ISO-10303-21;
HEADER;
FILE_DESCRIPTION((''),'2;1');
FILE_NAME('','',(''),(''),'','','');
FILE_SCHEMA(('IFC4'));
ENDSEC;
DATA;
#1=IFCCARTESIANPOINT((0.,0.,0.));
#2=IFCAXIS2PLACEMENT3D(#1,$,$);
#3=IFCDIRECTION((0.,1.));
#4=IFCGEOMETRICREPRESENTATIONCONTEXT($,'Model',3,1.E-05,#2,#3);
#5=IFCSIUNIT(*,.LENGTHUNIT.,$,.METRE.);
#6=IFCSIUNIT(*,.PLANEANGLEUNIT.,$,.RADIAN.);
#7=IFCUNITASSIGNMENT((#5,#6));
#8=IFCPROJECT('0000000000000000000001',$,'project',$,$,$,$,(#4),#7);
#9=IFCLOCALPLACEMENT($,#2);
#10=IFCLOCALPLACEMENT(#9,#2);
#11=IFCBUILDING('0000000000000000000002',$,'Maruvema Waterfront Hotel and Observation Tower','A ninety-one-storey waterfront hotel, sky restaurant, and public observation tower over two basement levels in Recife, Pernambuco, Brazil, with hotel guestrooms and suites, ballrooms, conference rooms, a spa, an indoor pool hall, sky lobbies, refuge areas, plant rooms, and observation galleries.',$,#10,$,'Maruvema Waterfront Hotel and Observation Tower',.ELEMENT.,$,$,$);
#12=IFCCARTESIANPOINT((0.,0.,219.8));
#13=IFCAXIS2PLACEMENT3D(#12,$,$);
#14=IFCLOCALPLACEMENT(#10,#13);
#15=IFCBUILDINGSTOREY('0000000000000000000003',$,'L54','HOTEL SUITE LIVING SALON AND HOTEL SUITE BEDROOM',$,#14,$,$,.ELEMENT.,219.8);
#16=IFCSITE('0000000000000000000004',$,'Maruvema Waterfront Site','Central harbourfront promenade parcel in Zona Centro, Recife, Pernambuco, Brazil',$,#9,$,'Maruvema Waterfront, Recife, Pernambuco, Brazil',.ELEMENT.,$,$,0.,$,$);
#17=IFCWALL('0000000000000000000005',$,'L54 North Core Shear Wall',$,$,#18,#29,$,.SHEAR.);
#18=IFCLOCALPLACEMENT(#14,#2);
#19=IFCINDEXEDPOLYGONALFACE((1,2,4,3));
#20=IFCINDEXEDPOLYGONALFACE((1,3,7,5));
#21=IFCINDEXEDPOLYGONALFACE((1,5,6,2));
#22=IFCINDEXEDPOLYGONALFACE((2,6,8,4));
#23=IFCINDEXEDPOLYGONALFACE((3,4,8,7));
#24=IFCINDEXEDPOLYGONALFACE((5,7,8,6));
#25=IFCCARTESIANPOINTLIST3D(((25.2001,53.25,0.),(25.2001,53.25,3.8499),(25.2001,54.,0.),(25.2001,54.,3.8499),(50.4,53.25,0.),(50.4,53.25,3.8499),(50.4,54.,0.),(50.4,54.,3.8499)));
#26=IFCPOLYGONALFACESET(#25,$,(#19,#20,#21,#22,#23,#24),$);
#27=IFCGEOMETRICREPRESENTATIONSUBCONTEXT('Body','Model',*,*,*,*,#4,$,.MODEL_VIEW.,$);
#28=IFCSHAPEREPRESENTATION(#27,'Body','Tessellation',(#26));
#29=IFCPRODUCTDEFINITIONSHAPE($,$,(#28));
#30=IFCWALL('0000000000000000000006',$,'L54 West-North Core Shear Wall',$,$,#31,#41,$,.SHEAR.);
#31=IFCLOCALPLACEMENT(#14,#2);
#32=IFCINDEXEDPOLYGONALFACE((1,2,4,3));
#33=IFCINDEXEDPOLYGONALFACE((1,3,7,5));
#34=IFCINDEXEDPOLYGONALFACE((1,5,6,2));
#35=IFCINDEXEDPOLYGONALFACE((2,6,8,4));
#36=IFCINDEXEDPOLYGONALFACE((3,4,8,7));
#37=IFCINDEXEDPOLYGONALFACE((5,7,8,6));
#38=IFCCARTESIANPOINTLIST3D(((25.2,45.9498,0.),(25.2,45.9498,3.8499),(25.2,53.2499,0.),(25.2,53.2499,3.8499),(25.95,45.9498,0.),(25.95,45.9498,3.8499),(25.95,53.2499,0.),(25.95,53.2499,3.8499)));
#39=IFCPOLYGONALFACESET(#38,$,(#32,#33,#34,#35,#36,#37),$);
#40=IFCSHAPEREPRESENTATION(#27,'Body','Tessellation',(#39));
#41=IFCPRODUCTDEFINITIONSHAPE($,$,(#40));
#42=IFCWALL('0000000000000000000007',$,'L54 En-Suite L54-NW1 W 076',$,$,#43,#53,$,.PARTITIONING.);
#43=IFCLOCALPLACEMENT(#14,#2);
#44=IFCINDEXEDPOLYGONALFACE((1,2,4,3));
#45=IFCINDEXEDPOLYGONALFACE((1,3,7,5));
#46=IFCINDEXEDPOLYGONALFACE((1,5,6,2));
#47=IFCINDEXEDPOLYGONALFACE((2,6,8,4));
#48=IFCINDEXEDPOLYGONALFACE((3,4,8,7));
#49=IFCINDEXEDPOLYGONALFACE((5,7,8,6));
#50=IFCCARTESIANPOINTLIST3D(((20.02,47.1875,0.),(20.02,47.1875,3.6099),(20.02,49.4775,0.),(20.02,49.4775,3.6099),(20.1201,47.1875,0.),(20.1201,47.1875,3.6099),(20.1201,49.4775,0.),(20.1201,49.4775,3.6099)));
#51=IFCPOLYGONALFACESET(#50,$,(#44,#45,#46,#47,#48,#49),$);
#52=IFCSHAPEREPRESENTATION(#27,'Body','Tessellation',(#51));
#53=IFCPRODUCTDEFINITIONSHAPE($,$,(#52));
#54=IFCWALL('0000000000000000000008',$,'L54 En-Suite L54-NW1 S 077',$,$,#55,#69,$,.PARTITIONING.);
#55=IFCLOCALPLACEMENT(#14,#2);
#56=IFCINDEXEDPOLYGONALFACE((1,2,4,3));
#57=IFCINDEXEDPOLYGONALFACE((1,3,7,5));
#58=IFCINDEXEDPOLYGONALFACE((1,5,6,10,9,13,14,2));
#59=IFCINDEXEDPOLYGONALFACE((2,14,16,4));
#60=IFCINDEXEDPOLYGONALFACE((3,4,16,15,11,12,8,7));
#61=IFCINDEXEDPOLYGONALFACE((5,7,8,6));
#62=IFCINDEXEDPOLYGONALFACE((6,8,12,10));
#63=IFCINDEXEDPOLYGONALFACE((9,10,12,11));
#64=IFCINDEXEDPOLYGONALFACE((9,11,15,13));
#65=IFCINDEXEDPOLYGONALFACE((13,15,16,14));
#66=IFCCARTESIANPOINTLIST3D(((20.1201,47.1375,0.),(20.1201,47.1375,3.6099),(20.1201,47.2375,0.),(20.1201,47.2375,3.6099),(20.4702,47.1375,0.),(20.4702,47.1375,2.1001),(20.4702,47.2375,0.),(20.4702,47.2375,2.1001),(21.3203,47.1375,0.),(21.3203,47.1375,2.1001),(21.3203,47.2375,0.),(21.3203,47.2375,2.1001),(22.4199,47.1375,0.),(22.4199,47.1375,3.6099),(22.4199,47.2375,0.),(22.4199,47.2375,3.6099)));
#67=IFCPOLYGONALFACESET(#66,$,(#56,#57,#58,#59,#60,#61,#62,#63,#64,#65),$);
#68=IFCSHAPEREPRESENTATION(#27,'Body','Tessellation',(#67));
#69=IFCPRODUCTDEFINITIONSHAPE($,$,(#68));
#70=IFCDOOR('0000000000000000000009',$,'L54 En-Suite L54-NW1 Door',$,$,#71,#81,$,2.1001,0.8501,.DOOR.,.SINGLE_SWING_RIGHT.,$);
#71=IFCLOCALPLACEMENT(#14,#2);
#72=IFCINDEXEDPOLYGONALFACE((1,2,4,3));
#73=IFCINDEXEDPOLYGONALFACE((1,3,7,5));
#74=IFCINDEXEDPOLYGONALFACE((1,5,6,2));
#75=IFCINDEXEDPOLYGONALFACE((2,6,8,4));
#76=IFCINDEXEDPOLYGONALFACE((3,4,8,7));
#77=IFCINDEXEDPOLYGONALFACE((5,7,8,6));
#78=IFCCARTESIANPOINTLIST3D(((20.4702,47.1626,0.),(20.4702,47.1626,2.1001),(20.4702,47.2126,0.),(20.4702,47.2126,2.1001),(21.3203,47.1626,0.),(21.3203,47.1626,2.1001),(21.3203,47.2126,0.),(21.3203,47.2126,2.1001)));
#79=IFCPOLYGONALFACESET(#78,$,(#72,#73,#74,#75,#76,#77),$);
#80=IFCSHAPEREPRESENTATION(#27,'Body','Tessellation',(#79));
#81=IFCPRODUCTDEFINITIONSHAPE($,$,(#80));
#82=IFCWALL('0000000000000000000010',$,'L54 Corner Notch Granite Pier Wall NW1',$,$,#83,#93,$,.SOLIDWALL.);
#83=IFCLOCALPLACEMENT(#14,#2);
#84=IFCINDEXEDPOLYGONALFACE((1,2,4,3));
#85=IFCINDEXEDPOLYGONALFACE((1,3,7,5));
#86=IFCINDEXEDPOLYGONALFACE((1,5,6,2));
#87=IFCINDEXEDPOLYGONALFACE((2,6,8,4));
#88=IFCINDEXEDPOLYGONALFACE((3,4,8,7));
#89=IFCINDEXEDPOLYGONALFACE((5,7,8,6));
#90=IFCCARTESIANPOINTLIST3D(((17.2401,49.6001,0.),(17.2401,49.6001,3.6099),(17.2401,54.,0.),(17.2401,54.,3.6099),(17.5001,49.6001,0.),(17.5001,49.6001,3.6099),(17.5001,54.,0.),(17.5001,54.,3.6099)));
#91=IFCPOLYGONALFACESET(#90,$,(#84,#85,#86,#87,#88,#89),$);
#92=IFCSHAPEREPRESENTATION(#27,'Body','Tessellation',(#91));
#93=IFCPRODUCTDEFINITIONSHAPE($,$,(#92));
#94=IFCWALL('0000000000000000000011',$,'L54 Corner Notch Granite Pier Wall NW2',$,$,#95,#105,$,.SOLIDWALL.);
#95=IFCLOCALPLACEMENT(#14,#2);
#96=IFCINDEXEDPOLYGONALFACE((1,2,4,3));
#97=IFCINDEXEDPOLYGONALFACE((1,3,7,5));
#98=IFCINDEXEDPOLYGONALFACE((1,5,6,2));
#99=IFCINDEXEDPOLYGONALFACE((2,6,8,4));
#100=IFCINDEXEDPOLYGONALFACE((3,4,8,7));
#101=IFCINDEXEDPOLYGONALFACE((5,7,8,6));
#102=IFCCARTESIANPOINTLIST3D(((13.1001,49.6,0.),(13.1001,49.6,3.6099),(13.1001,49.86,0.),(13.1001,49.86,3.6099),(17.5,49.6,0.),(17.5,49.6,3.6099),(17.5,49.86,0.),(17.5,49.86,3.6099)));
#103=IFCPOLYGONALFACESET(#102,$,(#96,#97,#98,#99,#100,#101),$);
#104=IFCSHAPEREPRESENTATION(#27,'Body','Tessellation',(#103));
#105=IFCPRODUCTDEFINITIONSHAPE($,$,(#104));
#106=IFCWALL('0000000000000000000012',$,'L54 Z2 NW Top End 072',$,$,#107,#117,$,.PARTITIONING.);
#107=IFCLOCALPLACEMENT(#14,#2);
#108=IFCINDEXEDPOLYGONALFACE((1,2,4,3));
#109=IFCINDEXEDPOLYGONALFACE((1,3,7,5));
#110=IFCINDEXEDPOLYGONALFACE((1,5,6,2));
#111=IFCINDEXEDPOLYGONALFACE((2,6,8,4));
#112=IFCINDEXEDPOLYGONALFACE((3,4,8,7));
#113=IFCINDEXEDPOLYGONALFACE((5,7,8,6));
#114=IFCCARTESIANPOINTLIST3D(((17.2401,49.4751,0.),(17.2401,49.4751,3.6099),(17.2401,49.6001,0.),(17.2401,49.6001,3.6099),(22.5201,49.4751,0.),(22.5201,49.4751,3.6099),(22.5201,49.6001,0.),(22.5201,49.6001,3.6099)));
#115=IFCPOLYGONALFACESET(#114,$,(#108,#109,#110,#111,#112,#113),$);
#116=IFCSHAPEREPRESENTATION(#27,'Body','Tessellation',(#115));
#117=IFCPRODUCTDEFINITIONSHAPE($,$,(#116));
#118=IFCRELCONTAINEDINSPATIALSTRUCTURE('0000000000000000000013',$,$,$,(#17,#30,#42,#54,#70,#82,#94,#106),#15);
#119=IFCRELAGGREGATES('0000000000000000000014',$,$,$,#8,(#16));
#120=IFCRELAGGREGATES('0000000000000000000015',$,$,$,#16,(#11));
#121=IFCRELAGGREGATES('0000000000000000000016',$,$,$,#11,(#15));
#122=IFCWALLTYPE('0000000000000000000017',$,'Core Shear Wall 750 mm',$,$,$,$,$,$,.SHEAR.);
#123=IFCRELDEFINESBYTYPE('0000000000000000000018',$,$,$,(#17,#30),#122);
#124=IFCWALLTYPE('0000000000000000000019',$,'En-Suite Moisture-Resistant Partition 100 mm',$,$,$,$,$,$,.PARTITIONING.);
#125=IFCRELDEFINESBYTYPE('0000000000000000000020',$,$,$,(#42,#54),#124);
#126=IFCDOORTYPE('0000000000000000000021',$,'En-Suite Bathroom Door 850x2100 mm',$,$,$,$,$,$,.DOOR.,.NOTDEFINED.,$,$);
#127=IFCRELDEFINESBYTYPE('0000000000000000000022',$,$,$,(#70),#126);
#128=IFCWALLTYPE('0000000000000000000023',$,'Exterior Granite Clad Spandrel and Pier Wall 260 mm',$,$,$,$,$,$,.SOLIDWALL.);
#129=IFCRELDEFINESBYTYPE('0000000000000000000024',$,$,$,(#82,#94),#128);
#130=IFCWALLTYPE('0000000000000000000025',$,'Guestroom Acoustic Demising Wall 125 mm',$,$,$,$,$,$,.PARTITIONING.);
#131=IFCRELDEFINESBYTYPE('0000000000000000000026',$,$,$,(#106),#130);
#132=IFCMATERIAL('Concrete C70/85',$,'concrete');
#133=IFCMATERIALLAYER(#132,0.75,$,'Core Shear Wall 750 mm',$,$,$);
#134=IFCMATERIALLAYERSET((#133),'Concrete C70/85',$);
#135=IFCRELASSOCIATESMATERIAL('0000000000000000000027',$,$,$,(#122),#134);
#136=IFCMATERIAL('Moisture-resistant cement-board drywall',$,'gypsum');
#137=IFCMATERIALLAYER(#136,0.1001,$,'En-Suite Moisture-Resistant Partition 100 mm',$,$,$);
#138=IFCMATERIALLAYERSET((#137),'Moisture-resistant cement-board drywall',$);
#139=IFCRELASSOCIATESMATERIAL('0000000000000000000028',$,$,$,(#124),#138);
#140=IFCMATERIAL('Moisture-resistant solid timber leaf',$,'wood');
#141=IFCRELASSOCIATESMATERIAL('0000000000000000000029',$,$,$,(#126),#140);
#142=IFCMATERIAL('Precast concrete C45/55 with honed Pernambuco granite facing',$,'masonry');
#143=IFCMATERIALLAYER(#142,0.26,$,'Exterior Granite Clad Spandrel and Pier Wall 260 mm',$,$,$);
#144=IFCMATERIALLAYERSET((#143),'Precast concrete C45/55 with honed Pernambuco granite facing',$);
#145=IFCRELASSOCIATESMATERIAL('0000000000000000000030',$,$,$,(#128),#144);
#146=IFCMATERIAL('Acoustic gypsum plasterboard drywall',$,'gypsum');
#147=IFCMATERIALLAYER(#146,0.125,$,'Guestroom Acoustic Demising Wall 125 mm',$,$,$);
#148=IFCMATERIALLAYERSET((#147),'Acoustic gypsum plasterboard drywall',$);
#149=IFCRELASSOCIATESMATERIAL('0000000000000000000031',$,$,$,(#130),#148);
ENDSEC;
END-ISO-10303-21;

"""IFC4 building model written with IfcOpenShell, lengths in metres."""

from ifc_helpers import new_model, si_unit, direction, frame, frame_2d, origin, place, context, subcontext, project, spatial, rectangle, extrude, material, layer, layer_set, type_object, element, fill, save


model = new_model("IFC4")

# Units and contexts
model_context = context("Model", 3, precision=1e-05, world=origin(), true_north=direction((0.0, 1.0)))
body_context = subcontext(model_context, "Body", "Model", "MODEL_VIEW")
ifc_project = project(units=[si_unit("LENGTHUNIT", "METRE"), si_unit("PLANEANGLEUNIT", "RADIAN")], contexts=[model_context])

# Site, building, storey
site_placement = place(None, origin())
site = spatial("IfcSite", under=ifc_project, at=site_placement, Name="Maruvema Waterfront Site", Description="Central harbourfront promenade parcel in Zona Centro, Recife, Pernambuco, Brazil", LongName="Maruvema Waterfront, Recife, Pernambuco, Brazil", CompositionType="ELEMENT", RefElevation=0.0)
building_placement = place(site_placement, origin())
building = spatial("IfcBuilding", under=site, at=building_placement, Name="Maruvema Waterfront Hotel and Observation Tower", Description="A ninety-one-storey waterfront hotel, sky restaurant, and public observation tower over two basement levels in Recife, Pernambuco, Brazil, with hotel guestrooms and suites, ballrooms, conference rooms, a spa, an indoor pool hall, sky lobbies, refuge areas, plant rooms, and observation galleries.", LongName="Maruvema Waterfront Hotel and Observation Tower", CompositionType="ELEMENT")
storey_placement = place(building_placement, frame((0.0, 0.0, 219.8)))
storey = spatial("IfcBuildingStorey", under=building, at=storey_placement, Name="L54", Description="HOTEL SUITE LIVING SALON AND HOTEL SUITE BEDROOM", CompositionType="ELEMENT", Elevation=219.8)

# Walls
ifc_material_1 = material(Name="Concrete C70/85", Category="concrete")
ifc_layer_1 = layer(ifc_material_1, 0.75, Name="Core Shear Wall 750 mm")
ifc_layer_set_1 = layer_set([ifc_layer_1], Name="Concrete C70/85")
wall_type_1 = type_object("IfcWallType", Name="Core Shear Wall 750 mm", PredefinedType="SHEAR", material=ifc_layer_set_1)
wall_1_placement = place(storey_placement, frame((25.2, 53.625, 0.0), z_axis=(0.0, 0.0, 1.0), x_axis=(1.0, 0.0, 0.0)))
element("IfcWall", 1, at=wall_1_placement, inside=storey, type_object=wall_type_1, Name="L54 North Core Shear Wall", PredefinedType="SHEAR", context=body_context, shape_type="SweptSolid", body=[
    extrude(rectangle(XDim=25.2, YDim=0.75, at=frame_2d((12.6001, 0.0))), origin(), (0.0, 0.0, 1.0), 3.8499),
])
wall_2_placement = place(storey_placement, frame((25.575, 45.95, 0.0), z_axis=(0.0, 0.0, 1.0), x_axis=(0.0, 1.0, 0.0)))
element("IfcWall", 2, at=wall_2_placement, inside=storey, type_object=wall_type_1, Name="L54 West-North Core Shear Wall", PredefinedType="SHEAR", context=body_context, shape_type="SweptSolid", body=[
    extrude(rectangle(XDim=7.3, YDim=0.75, at=frame_2d((3.6499, 0.0))), origin(), (0.0, 0.0, 1.0), 3.8499),
])
ifc_material_2 = material(Name="Moisture-resistant cement-board drywall", Category="gypsum")
ifc_layer_2 = layer(ifc_material_2, 0.1001, Name="En-Suite Moisture-Resistant Partition 100 mm")
ifc_layer_set_2 = layer_set([ifc_layer_2], Name="Moisture-resistant cement-board drywall")
wall_type_2 = type_object("IfcWallType", Name="En-Suite Moisture-Resistant Partition 100 mm", PredefinedType="PARTITIONING", material=ifc_layer_set_2)
wall_3_placement = place(storey_placement, frame((20.0701, 47.1875, 0.0), z_axis=(0.0, 0.0, 1.0), x_axis=(0.0, 1.0, 0.0)))
element("IfcWall", 3, at=wall_3_placement, inside=storey, type_object=wall_type_2, Name="L54 En-Suite L54-NW1 W 076", PredefinedType="PARTITIONING", context=body_context, shape_type="SweptSolid", body=[
    extrude(rectangle(XDim=2.29, YDim=0.1001, at=frame_2d((1.145, 0.0))), origin(), (0.0, 0.0, 1.0), 3.6099),
])

# Wall, opening, door
wall_4_placement = place(storey_placement, frame((20.1201, 47.1875, 0.0), z_axis=(0.0, 0.0, 1.0), x_axis=(1.0, 0.0, 0.0)))
wall_4 = element("IfcWall", 4, at=wall_4_placement, inside=storey, type_object=wall_type_2, Name="L54 En-Suite L54-NW1 S 077", PredefinedType="PARTITIONING", context=body_context, shape_type="SweptSolid", body=[
    extrude(rectangle(XDim=2.2998, YDim=0.1001, at=frame_2d((1.1499, 0.0))), origin(), (0.0, 0.0, 1.0), 3.6099),
])
opening_placement = place(wall_4_placement, frame((0.3501, 0.0, 0.0)))
opening = element("IfcOpeningElement", 5, at=opening_placement, cuts=wall_4, PredefinedType="OPENING", context=body_context, shape_type="SweptSolid", body=[
    extrude(rectangle(XDim=0.8501, YDim=2.1001, at=frame_2d((0.425, 1.05))), frame((0.0, 0.0601, 0.0), z_axis=(0.0, -1.0, 0.0), x_axis=(1.0, 0.0, 0.0)), (0.0, 0.0, 1.0), 0.1201),
])
ifc_material_3 = material(Name="Moisture-resistant solid timber leaf", Category="wood")
door_type = type_object("IfcDoorType", Name="En-Suite Bathroom Door 850x2100 mm", OperationType="NOTDEFINED", PredefinedType="DOOR", material=ifc_material_3)
door_placement = place(opening_placement, frame((0.8501, 0.0, 0.0), z_axis=(0.0, 0.0, 1.0), x_axis=(-1.0, 0.0, 0.0)))
door = element("IfcDoor", 6, at=door_placement, inside=storey, type_object=door_type, Name="L54 En-Suite L54-NW1 Door", OperationType="SINGLE_SWING_RIGHT", OverallHeight=2.1001, OverallWidth=0.8501, PredefinedType="DOOR", context=body_context, shape_type="SweptSolid", body=[
    extrude(rectangle(XDim=0.8501, YDim=2.1001, at=frame_2d((0.425, 1.05))), frame((0.0, 0.0249, 0.0), z_axis=(0.0, -1.0, 0.0), x_axis=(1.0, 0.0, 0.0)), (0.0, 0.0, 1.0), 0.05),
])
fill(opening, door)

# Walls
ifc_material_4 = material(Name="Precast concrete C45/55 with honed Pernambuco granite facing", Category="masonry")
ifc_layer_3 = layer(ifc_material_4, 0.26, Name="Exterior Granite Clad Spandrel and Pier Wall 260 mm")
ifc_layer_set_3 = layer_set([ifc_layer_3], Name="Precast concrete C45/55 with honed Pernambuco granite facing")
wall_type_3 = type_object("IfcWallType", Name="Exterior Granite Clad Spandrel and Pier Wall 260 mm", PredefinedType="SOLIDWALL", material=ifc_layer_set_3)
for number, where, z_axis, x_axis, name in (
    (7, (17.3701, 49.6001, 0.0), (0.0, 0.0, 1.0), (0.0, 1.0, 0.0), "L54 Corner Notch Granite Pier Wall NW1"),
    (8, (13.1001, 49.73, 0.0), (0.0, 0.0, 1.0), (1.0, 0.0, 0.0), "L54 Corner Notch Granite Pier Wall NW2"),
):
    element("IfcWall", number, at=place(storey_placement, frame(where, z_axis=z_axis, x_axis=x_axis)), inside=storey, type_object=wall_type_3, Name=name, PredefinedType="SOLIDWALL", context=body_context, shape_type="SweptSolid", body=[
        extrude(rectangle(XDim=4.3999, YDim=0.26, at=frame_2d((2.2, 0.0))), origin(), (0.0, 0.0, 1.0), 3.6099),
    ])
ifc_material_5 = material(Name="Acoustic gypsum plasterboard drywall", Category="gypsum")
ifc_layer_4 = layer(ifc_material_5, 0.125, Name="Guestroom Acoustic Demising Wall 125 mm")
ifc_layer_set_4 = layer_set([ifc_layer_4], Name="Acoustic gypsum plasterboard drywall")
wall_type_4 = type_object("IfcWallType", Name="Guestroom Acoustic Demising Wall 125 mm", PredefinedType="PARTITIONING", material=ifc_layer_set_4)
wall_5_placement = place(storey_placement, frame((17.24, 49.5376, 0.0), z_axis=(0.0, 0.0, 1.0), x_axis=(1.0, 0.0, 0.0)))
element("IfcWall", 9, at=wall_5_placement, inside=storey, type_object=wall_type_4, Name="L54 Z2 NW Top End 072", PredefinedType="PARTITIONING", context=body_context, shape_type="SweptSolid", body=[
    extrude(rectangle(XDim=5.28, YDim=0.125, at=frame_2d((2.6401, 0.0))), origin(), (0.0, 0.0, 1.0), 3.6099),
])

save(model, "model.ifc")
